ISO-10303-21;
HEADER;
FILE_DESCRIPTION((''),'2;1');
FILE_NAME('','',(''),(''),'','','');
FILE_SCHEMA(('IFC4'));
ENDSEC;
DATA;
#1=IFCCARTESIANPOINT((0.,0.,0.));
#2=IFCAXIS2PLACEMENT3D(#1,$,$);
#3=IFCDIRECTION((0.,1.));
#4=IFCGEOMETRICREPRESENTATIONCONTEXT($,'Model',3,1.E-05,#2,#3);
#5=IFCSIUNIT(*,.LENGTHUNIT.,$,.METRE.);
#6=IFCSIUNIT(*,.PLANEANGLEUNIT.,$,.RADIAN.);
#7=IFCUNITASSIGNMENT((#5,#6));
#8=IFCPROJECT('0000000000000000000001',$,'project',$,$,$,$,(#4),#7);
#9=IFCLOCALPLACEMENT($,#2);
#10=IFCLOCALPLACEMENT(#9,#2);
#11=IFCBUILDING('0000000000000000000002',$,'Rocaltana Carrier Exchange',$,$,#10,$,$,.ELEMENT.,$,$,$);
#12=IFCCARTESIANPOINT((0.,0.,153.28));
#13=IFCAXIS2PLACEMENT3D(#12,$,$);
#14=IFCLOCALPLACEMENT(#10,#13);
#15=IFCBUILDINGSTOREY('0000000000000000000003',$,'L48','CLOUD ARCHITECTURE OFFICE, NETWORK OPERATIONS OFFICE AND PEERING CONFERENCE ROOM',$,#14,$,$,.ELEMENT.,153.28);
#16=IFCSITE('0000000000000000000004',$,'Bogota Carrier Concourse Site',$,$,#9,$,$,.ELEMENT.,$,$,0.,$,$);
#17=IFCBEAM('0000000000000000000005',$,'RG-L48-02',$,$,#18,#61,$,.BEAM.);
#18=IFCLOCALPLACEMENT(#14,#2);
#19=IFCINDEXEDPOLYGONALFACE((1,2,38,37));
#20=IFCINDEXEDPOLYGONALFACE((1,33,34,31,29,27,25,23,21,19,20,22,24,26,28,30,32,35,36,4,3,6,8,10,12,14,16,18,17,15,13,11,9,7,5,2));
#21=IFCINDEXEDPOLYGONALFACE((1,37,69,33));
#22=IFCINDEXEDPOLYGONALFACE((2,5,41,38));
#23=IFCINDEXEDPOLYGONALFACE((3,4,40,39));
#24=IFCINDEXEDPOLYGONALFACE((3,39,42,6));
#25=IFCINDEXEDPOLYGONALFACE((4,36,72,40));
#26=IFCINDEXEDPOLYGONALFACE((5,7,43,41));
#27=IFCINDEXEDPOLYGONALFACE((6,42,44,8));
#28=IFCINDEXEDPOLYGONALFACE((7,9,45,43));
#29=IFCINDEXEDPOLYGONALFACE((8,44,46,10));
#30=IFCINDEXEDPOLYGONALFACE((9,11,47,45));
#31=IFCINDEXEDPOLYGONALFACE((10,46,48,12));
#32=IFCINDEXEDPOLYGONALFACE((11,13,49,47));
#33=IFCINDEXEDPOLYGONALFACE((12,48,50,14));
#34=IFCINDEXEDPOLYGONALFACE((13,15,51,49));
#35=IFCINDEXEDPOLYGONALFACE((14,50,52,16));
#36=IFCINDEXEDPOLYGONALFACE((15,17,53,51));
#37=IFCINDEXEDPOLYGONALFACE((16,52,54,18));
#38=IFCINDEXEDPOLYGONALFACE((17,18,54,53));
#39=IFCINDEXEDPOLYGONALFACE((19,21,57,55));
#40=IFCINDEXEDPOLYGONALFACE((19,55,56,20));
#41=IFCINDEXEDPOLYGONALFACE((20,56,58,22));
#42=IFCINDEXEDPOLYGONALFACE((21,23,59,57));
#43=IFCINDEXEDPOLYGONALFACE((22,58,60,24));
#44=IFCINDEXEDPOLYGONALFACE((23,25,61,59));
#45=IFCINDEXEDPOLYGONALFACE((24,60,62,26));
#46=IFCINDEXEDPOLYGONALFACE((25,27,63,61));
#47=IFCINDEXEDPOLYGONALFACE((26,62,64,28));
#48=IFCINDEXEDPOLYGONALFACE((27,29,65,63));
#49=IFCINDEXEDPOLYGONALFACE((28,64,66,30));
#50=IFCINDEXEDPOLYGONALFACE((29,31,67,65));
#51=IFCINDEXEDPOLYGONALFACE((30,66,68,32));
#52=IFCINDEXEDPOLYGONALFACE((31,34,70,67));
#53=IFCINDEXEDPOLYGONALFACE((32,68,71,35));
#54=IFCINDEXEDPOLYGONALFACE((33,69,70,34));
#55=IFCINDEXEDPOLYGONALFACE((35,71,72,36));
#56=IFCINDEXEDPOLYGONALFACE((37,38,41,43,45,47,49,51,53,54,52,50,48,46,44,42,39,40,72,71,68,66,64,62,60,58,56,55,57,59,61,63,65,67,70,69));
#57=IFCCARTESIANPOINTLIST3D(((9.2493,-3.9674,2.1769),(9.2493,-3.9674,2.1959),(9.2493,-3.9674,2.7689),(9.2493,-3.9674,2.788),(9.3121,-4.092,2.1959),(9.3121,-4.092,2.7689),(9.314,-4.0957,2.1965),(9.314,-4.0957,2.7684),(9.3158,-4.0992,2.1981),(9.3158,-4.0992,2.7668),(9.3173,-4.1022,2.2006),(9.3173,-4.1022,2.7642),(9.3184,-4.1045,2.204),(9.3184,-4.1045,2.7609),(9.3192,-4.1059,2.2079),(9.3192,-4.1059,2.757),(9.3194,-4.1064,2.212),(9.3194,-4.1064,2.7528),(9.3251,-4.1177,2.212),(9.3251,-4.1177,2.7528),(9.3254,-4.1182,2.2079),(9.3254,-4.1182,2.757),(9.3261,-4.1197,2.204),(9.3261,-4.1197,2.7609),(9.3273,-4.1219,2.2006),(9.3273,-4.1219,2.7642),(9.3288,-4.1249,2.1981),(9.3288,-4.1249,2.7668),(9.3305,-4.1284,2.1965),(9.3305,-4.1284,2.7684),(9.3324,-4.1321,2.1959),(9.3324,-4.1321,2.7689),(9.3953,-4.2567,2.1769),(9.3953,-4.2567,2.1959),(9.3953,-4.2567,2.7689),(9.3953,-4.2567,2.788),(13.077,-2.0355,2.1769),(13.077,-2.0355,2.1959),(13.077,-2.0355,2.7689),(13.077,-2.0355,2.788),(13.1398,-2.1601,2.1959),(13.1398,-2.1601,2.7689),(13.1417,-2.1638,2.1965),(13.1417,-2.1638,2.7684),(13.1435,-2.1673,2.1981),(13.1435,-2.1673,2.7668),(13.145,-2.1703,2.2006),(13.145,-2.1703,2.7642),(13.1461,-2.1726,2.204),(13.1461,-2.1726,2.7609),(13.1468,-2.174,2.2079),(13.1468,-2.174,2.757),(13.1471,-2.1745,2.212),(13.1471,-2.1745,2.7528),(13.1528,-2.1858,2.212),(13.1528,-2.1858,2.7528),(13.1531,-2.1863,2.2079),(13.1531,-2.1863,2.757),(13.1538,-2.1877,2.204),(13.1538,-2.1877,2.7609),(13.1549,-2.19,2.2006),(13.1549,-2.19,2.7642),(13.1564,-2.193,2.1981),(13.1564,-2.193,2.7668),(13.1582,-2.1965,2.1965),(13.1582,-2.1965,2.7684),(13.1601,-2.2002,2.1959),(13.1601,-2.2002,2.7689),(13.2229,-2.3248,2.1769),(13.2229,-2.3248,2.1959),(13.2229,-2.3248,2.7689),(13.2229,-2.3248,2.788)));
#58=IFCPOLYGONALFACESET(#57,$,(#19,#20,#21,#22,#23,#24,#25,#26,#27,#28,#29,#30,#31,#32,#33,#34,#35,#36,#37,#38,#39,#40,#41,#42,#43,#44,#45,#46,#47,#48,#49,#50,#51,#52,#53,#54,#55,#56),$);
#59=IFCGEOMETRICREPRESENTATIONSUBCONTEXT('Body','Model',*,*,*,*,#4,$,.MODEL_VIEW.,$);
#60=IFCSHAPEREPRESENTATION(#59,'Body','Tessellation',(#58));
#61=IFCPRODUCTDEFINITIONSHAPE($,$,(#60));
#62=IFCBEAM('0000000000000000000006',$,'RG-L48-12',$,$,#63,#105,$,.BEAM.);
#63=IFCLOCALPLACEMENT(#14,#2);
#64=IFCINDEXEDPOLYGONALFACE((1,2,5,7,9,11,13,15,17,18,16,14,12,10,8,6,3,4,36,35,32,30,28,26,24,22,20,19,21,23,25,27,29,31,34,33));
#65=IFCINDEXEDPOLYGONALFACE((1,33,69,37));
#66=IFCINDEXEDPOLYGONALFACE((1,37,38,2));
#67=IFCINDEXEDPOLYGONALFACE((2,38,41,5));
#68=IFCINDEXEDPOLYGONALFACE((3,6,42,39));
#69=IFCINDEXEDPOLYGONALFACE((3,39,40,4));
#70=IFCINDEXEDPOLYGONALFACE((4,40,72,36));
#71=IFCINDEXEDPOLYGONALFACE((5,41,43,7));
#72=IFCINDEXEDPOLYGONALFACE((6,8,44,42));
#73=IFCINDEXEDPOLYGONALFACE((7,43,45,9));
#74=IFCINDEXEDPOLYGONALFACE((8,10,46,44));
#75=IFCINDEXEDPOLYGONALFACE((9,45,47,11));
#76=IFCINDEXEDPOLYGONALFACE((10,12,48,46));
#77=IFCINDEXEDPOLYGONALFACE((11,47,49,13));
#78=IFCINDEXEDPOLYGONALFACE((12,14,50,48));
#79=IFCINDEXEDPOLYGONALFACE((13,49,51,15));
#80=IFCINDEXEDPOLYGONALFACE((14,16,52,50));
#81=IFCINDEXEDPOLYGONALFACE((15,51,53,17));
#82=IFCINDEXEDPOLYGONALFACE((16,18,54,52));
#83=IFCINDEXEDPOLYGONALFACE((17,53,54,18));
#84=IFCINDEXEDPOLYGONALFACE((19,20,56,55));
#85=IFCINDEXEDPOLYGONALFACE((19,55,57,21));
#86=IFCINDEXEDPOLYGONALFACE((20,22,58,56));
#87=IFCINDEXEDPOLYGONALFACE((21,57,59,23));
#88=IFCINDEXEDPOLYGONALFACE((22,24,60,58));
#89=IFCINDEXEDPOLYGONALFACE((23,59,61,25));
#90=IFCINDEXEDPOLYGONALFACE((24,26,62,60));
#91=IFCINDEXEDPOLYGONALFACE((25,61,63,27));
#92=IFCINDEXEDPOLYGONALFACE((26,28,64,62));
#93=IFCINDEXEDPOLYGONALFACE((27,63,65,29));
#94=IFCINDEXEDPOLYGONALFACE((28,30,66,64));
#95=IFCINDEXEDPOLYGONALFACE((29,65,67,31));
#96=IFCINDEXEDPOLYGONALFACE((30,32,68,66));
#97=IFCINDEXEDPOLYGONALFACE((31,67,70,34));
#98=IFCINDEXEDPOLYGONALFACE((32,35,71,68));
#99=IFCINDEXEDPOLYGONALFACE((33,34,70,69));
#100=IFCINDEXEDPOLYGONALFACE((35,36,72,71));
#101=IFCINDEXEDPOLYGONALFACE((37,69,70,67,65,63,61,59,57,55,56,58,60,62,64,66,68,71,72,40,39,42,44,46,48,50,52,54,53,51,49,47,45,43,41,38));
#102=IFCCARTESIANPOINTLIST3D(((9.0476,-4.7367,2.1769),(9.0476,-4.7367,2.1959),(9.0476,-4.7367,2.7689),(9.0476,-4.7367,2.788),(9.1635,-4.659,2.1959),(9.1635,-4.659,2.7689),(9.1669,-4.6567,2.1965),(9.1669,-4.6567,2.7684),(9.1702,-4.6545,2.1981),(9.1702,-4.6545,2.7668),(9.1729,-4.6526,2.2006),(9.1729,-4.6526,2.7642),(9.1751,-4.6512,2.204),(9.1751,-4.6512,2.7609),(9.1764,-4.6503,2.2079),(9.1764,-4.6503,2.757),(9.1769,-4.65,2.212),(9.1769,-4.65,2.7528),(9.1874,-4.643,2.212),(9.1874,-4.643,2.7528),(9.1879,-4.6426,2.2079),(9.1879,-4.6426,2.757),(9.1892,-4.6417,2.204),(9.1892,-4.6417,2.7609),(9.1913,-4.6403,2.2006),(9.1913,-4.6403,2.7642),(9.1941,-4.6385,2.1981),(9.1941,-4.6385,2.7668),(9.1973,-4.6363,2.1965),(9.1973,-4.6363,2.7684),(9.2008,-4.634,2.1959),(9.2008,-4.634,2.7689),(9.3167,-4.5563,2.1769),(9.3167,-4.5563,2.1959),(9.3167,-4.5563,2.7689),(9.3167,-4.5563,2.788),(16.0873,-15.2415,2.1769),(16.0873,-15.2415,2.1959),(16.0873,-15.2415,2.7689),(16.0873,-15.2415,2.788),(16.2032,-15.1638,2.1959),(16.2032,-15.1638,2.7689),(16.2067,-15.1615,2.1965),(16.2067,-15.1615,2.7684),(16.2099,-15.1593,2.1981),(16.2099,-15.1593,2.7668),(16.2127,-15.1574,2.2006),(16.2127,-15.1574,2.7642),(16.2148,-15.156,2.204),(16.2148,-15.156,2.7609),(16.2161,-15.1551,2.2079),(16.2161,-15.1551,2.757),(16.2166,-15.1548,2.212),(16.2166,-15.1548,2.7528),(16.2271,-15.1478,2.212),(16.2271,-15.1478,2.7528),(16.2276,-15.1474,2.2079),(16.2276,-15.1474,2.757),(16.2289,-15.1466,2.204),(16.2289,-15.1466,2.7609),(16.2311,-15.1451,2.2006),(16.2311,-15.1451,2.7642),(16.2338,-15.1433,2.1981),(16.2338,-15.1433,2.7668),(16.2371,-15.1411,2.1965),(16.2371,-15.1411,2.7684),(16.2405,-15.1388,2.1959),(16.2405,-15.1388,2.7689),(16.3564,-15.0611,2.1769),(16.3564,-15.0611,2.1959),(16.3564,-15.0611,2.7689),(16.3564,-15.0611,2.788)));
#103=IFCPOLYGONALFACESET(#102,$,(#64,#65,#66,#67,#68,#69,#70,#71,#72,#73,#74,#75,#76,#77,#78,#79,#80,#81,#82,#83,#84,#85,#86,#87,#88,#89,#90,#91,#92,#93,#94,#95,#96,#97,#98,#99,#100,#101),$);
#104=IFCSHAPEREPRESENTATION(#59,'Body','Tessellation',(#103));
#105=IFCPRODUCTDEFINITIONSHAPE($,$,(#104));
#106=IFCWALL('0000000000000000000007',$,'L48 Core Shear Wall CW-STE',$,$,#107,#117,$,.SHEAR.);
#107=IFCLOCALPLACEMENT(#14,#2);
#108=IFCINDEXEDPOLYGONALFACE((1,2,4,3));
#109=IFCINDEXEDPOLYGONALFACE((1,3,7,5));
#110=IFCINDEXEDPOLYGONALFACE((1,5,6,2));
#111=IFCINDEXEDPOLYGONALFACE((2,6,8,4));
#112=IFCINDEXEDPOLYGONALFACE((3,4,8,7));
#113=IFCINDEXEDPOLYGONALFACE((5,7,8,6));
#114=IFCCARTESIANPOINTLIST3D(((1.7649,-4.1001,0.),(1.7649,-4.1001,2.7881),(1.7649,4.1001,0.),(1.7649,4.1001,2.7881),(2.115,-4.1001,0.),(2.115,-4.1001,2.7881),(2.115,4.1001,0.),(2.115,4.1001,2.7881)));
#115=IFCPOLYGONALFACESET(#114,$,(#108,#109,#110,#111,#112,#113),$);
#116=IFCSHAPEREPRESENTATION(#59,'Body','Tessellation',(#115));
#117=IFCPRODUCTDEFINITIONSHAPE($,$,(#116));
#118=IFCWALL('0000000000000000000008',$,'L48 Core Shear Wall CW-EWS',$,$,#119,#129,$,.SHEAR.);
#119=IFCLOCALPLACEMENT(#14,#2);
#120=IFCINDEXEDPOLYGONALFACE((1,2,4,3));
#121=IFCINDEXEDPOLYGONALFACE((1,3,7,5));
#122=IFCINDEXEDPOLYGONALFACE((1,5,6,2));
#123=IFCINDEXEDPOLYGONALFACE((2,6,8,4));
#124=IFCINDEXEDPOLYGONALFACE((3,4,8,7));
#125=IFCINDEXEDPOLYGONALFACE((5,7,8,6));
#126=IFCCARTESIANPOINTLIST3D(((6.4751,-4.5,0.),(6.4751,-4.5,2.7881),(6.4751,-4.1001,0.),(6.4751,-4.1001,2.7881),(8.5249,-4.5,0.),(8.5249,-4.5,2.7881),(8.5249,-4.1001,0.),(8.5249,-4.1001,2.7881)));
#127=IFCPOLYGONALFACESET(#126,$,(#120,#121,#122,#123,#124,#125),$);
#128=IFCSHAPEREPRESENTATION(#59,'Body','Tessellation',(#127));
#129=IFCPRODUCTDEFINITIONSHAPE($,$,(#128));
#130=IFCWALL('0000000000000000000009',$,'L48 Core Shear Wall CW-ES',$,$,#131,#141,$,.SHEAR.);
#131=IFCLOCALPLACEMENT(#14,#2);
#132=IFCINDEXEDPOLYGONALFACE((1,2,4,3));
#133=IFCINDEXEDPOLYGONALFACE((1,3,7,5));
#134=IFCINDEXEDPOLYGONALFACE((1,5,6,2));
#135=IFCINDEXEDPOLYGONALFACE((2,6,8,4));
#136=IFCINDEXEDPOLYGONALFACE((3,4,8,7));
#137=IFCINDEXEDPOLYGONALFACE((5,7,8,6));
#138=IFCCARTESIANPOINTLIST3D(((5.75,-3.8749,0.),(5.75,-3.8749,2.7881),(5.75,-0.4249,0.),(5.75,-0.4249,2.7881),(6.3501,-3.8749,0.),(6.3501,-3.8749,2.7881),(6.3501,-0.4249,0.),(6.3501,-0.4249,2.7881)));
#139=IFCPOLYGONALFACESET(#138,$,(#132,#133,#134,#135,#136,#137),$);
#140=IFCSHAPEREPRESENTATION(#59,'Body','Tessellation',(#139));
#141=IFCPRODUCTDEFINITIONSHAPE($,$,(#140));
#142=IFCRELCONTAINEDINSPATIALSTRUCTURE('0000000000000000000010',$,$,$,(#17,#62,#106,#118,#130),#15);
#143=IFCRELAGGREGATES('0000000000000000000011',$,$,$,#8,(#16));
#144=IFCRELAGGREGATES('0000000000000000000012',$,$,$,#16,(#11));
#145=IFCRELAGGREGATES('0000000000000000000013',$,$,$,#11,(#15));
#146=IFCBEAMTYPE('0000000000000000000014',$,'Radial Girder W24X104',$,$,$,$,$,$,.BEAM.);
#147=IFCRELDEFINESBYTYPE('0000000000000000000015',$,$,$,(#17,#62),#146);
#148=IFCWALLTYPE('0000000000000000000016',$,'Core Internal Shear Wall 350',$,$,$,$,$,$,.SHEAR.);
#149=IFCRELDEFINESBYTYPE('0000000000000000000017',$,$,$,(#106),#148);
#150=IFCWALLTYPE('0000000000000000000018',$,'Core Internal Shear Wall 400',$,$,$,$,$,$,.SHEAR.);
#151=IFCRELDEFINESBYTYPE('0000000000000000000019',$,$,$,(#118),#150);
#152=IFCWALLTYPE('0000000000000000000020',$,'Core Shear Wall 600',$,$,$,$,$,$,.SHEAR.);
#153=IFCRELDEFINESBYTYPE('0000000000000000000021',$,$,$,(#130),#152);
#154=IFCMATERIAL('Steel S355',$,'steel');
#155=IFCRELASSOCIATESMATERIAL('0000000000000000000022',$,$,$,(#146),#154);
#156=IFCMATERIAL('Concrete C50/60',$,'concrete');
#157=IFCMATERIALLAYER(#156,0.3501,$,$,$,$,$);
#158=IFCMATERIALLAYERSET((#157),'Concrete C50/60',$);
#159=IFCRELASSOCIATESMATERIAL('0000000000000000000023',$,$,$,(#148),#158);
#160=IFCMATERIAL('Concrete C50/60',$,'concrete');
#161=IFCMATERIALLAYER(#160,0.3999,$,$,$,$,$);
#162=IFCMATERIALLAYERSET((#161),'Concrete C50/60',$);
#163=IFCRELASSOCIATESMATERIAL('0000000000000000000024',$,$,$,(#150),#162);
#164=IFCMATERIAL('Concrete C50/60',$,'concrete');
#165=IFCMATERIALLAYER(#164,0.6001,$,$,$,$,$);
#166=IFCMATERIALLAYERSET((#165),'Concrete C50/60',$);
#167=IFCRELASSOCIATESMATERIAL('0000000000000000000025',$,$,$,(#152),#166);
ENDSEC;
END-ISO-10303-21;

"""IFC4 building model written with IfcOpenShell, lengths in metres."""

from ifc_helpers import new_model, si_unit, direction, frame, frame_2d, origin, origin_2d, place, context, subcontext, project, spatial, rectangle, i_section, extrude, material, layer, layer_set, material_profile, profile_set, type_object, element, save


model = new_model("IFC4")

# Units and contexts
model_context = context("Model", 3, precision=1e-05, world=origin(), true_north=direction((0.0, 1.0)))
body_context = subcontext(model_context, "Body", "Model", "MODEL_VIEW")
ifc_project = project(units=[si_unit("LENGTHUNIT", "METRE"), si_unit("PLANEANGLEUNIT", "RADIAN")], contexts=[model_context])

# Site, building, storey
site_placement = place(None, origin())
site = spatial("IfcSite", under=ifc_project, at=site_placement, Name="Bogota Carrier Concourse Site", CompositionType="ELEMENT", RefElevation=0.0)
building_placement = place(site_placement, origin())
building = spatial("IfcBuilding", under=site, at=building_placement, Name="Rocaltana Carrier Exchange", CompositionType="ELEMENT")
storey_placement = place(building_placement, frame((0.0, 0.0, 153.28)))
storey = spatial("IfcBuildingStorey", under=building, at=storey_placement, Name="L48", Description="CLOUD ARCHITECTURE OFFICE, NETWORK OPERATIONS OFFICE AND PEERING CONFERENCE ROOM", CompositionType="ELEMENT", Elevation=153.28)

# Beams
ifc_material_1 = material(Name="Steel S355", Category="steel")
ifc_material_profile_1 = material_profile(ifc_material_1, i_section(OverallWidth=0.324, OverallDepth=0.6111, WebThickness=0.0127, FlangeThickness=0.019, FilletRadius=0.0161, at=origin_2d()), Name="W24X104")
ifc_profile_set_1 = profile_set([ifc_material_profile_1], Name="Steel S355")
beam_type = type_object("IfcBeamType", Name="Radial Girder W24X104", PredefinedType="BEAM", material=ifc_profile_set_1)
beam_1_placement = place(storey_placement, frame((9.3223, -4.1121, 2.4824), z_axis=(0.892735, 0.450581, 0.0), x_axis=(-0.450581, 0.892735, 0.0)))
element("IfcBeam", 1, at=beam_1_placement, inside=storey, type_object=beam_type, Name="RG-L48-02", PredefinedType="BEAM", context=body_context, shape_type="SweptSolid", body=[
    extrude(i_section(OverallWidth=0.324, OverallDepth=0.6111, WebThickness=0.0127, FlangeThickness=0.019, FilletRadius=0.0161, at=origin_2d()), origin(), (0.0, 0.0, 1.0), 4.2876),
])
beam_2_placement = place(storey_placement, frame((9.1821, -4.6465, 2.4824), z_axis=(0.556699, -0.830714, 0.0), x_axis=(0.830714, 0.556699, 0.0)))
element("IfcBeam", 2, at=beam_2_placement, inside=storey, type_object=beam_type, Name="RG-L48-12", PredefinedType="BEAM", context=body_context, shape_type="SweptSolid", body=[
    extrude(i_section(OverallWidth=0.324, OverallDepth=0.6111, WebThickness=0.0127, FlangeThickness=0.019, FilletRadius=0.0161, at=origin_2d()), origin(), (0.0, 0.0, 1.0), 12.6455),
])

# Walls
ifc_material_2 = material(Name="Concrete C50/60", Category="concrete")
ifc_layer_1 = layer(ifc_material_2, 0.3501)
ifc_layer_set_1 = layer_set([ifc_layer_1], Name="Concrete C50/60")
wall_type_1 = type_object("IfcWallType", Name="Core Internal Shear Wall 350", PredefinedType="SHEAR", material=ifc_layer_set_1)
wall_1_placement = place(storey_placement, frame((1.9399, -4.1001, 0.0), z_axis=(0.0, 0.0, 1.0), x_axis=(0.0, 1.0, 0.0)))
element("IfcWall", 3, at=wall_1_placement, inside=storey, type_object=wall_type_1, Name="L48 Core Shear Wall CW-STE", PredefinedType="SHEAR", context=body_context, shape_type="SweptSolid", body=[
    extrude(rectangle(XDim=8.2002, YDim=0.3501, at=frame_2d((4.1001, 0.0))), origin(), (0.0, 0.0, 1.0), 2.7881),
])
ifc_material_3 = material(Name="Concrete C50/60", Category="concrete")
ifc_layer_2 = layer(ifc_material_3, 0.3999)
ifc_layer_set_2 = layer_set([ifc_layer_2], Name="Concrete C50/60")
wall_type_2 = type_object("IfcWallType", Name="Core Internal Shear Wall 400", PredefinedType="SHEAR", material=ifc_layer_set_2)
wall_2_placement = place(storey_placement, frame((6.4751, -4.3, 0.0), z_axis=(0.0, 0.0, 1.0), x_axis=(1.0, 0.0, 0.0)))
element("IfcWall", 4, at=wall_2_placement, inside=storey, type_object=wall_type_2, Name="L48 Core Shear Wall CW-EWS", PredefinedType="SHEAR", context=body_context, shape_type="SweptSolid", body=[
    extrude(rectangle(XDim=2.0498, YDim=0.3999, at=frame_2d((1.0249, 0.0))), origin(), (0.0, 0.0, 1.0), 2.7881),
])
ifc_material_4 = material(Name="Concrete C50/60", Category="concrete")
ifc_layer_3 = layer(ifc_material_4, 0.6001)
ifc_layer_set_3 = layer_set([ifc_layer_3], Name="Concrete C50/60")
wall_type_3 = type_object("IfcWallType", Name="Core Shear Wall 600", PredefinedType="SHEAR", material=ifc_layer_set_3)
wall_3_placement = place(storey_placement, frame((6.05, -3.875, 0.0), z_axis=(0.0, 0.0, 1.0), x_axis=(0.0, 1.0, 0.0)))
element("IfcWall", 5, at=wall_3_placement, inside=storey, type_object=wall_type_3, Name="L48 Core Shear Wall CW-ES", PredefinedType="SHEAR", context=body_context, shape_type="SweptSolid", body=[
    extrude(rectangle(XDim=3.45, YDim=0.6001, at=frame_2d((1.7251, 0.0))), origin(), (0.0, 0.0, 1.0), 2.7881),
])

save(model, "model.ifc")
